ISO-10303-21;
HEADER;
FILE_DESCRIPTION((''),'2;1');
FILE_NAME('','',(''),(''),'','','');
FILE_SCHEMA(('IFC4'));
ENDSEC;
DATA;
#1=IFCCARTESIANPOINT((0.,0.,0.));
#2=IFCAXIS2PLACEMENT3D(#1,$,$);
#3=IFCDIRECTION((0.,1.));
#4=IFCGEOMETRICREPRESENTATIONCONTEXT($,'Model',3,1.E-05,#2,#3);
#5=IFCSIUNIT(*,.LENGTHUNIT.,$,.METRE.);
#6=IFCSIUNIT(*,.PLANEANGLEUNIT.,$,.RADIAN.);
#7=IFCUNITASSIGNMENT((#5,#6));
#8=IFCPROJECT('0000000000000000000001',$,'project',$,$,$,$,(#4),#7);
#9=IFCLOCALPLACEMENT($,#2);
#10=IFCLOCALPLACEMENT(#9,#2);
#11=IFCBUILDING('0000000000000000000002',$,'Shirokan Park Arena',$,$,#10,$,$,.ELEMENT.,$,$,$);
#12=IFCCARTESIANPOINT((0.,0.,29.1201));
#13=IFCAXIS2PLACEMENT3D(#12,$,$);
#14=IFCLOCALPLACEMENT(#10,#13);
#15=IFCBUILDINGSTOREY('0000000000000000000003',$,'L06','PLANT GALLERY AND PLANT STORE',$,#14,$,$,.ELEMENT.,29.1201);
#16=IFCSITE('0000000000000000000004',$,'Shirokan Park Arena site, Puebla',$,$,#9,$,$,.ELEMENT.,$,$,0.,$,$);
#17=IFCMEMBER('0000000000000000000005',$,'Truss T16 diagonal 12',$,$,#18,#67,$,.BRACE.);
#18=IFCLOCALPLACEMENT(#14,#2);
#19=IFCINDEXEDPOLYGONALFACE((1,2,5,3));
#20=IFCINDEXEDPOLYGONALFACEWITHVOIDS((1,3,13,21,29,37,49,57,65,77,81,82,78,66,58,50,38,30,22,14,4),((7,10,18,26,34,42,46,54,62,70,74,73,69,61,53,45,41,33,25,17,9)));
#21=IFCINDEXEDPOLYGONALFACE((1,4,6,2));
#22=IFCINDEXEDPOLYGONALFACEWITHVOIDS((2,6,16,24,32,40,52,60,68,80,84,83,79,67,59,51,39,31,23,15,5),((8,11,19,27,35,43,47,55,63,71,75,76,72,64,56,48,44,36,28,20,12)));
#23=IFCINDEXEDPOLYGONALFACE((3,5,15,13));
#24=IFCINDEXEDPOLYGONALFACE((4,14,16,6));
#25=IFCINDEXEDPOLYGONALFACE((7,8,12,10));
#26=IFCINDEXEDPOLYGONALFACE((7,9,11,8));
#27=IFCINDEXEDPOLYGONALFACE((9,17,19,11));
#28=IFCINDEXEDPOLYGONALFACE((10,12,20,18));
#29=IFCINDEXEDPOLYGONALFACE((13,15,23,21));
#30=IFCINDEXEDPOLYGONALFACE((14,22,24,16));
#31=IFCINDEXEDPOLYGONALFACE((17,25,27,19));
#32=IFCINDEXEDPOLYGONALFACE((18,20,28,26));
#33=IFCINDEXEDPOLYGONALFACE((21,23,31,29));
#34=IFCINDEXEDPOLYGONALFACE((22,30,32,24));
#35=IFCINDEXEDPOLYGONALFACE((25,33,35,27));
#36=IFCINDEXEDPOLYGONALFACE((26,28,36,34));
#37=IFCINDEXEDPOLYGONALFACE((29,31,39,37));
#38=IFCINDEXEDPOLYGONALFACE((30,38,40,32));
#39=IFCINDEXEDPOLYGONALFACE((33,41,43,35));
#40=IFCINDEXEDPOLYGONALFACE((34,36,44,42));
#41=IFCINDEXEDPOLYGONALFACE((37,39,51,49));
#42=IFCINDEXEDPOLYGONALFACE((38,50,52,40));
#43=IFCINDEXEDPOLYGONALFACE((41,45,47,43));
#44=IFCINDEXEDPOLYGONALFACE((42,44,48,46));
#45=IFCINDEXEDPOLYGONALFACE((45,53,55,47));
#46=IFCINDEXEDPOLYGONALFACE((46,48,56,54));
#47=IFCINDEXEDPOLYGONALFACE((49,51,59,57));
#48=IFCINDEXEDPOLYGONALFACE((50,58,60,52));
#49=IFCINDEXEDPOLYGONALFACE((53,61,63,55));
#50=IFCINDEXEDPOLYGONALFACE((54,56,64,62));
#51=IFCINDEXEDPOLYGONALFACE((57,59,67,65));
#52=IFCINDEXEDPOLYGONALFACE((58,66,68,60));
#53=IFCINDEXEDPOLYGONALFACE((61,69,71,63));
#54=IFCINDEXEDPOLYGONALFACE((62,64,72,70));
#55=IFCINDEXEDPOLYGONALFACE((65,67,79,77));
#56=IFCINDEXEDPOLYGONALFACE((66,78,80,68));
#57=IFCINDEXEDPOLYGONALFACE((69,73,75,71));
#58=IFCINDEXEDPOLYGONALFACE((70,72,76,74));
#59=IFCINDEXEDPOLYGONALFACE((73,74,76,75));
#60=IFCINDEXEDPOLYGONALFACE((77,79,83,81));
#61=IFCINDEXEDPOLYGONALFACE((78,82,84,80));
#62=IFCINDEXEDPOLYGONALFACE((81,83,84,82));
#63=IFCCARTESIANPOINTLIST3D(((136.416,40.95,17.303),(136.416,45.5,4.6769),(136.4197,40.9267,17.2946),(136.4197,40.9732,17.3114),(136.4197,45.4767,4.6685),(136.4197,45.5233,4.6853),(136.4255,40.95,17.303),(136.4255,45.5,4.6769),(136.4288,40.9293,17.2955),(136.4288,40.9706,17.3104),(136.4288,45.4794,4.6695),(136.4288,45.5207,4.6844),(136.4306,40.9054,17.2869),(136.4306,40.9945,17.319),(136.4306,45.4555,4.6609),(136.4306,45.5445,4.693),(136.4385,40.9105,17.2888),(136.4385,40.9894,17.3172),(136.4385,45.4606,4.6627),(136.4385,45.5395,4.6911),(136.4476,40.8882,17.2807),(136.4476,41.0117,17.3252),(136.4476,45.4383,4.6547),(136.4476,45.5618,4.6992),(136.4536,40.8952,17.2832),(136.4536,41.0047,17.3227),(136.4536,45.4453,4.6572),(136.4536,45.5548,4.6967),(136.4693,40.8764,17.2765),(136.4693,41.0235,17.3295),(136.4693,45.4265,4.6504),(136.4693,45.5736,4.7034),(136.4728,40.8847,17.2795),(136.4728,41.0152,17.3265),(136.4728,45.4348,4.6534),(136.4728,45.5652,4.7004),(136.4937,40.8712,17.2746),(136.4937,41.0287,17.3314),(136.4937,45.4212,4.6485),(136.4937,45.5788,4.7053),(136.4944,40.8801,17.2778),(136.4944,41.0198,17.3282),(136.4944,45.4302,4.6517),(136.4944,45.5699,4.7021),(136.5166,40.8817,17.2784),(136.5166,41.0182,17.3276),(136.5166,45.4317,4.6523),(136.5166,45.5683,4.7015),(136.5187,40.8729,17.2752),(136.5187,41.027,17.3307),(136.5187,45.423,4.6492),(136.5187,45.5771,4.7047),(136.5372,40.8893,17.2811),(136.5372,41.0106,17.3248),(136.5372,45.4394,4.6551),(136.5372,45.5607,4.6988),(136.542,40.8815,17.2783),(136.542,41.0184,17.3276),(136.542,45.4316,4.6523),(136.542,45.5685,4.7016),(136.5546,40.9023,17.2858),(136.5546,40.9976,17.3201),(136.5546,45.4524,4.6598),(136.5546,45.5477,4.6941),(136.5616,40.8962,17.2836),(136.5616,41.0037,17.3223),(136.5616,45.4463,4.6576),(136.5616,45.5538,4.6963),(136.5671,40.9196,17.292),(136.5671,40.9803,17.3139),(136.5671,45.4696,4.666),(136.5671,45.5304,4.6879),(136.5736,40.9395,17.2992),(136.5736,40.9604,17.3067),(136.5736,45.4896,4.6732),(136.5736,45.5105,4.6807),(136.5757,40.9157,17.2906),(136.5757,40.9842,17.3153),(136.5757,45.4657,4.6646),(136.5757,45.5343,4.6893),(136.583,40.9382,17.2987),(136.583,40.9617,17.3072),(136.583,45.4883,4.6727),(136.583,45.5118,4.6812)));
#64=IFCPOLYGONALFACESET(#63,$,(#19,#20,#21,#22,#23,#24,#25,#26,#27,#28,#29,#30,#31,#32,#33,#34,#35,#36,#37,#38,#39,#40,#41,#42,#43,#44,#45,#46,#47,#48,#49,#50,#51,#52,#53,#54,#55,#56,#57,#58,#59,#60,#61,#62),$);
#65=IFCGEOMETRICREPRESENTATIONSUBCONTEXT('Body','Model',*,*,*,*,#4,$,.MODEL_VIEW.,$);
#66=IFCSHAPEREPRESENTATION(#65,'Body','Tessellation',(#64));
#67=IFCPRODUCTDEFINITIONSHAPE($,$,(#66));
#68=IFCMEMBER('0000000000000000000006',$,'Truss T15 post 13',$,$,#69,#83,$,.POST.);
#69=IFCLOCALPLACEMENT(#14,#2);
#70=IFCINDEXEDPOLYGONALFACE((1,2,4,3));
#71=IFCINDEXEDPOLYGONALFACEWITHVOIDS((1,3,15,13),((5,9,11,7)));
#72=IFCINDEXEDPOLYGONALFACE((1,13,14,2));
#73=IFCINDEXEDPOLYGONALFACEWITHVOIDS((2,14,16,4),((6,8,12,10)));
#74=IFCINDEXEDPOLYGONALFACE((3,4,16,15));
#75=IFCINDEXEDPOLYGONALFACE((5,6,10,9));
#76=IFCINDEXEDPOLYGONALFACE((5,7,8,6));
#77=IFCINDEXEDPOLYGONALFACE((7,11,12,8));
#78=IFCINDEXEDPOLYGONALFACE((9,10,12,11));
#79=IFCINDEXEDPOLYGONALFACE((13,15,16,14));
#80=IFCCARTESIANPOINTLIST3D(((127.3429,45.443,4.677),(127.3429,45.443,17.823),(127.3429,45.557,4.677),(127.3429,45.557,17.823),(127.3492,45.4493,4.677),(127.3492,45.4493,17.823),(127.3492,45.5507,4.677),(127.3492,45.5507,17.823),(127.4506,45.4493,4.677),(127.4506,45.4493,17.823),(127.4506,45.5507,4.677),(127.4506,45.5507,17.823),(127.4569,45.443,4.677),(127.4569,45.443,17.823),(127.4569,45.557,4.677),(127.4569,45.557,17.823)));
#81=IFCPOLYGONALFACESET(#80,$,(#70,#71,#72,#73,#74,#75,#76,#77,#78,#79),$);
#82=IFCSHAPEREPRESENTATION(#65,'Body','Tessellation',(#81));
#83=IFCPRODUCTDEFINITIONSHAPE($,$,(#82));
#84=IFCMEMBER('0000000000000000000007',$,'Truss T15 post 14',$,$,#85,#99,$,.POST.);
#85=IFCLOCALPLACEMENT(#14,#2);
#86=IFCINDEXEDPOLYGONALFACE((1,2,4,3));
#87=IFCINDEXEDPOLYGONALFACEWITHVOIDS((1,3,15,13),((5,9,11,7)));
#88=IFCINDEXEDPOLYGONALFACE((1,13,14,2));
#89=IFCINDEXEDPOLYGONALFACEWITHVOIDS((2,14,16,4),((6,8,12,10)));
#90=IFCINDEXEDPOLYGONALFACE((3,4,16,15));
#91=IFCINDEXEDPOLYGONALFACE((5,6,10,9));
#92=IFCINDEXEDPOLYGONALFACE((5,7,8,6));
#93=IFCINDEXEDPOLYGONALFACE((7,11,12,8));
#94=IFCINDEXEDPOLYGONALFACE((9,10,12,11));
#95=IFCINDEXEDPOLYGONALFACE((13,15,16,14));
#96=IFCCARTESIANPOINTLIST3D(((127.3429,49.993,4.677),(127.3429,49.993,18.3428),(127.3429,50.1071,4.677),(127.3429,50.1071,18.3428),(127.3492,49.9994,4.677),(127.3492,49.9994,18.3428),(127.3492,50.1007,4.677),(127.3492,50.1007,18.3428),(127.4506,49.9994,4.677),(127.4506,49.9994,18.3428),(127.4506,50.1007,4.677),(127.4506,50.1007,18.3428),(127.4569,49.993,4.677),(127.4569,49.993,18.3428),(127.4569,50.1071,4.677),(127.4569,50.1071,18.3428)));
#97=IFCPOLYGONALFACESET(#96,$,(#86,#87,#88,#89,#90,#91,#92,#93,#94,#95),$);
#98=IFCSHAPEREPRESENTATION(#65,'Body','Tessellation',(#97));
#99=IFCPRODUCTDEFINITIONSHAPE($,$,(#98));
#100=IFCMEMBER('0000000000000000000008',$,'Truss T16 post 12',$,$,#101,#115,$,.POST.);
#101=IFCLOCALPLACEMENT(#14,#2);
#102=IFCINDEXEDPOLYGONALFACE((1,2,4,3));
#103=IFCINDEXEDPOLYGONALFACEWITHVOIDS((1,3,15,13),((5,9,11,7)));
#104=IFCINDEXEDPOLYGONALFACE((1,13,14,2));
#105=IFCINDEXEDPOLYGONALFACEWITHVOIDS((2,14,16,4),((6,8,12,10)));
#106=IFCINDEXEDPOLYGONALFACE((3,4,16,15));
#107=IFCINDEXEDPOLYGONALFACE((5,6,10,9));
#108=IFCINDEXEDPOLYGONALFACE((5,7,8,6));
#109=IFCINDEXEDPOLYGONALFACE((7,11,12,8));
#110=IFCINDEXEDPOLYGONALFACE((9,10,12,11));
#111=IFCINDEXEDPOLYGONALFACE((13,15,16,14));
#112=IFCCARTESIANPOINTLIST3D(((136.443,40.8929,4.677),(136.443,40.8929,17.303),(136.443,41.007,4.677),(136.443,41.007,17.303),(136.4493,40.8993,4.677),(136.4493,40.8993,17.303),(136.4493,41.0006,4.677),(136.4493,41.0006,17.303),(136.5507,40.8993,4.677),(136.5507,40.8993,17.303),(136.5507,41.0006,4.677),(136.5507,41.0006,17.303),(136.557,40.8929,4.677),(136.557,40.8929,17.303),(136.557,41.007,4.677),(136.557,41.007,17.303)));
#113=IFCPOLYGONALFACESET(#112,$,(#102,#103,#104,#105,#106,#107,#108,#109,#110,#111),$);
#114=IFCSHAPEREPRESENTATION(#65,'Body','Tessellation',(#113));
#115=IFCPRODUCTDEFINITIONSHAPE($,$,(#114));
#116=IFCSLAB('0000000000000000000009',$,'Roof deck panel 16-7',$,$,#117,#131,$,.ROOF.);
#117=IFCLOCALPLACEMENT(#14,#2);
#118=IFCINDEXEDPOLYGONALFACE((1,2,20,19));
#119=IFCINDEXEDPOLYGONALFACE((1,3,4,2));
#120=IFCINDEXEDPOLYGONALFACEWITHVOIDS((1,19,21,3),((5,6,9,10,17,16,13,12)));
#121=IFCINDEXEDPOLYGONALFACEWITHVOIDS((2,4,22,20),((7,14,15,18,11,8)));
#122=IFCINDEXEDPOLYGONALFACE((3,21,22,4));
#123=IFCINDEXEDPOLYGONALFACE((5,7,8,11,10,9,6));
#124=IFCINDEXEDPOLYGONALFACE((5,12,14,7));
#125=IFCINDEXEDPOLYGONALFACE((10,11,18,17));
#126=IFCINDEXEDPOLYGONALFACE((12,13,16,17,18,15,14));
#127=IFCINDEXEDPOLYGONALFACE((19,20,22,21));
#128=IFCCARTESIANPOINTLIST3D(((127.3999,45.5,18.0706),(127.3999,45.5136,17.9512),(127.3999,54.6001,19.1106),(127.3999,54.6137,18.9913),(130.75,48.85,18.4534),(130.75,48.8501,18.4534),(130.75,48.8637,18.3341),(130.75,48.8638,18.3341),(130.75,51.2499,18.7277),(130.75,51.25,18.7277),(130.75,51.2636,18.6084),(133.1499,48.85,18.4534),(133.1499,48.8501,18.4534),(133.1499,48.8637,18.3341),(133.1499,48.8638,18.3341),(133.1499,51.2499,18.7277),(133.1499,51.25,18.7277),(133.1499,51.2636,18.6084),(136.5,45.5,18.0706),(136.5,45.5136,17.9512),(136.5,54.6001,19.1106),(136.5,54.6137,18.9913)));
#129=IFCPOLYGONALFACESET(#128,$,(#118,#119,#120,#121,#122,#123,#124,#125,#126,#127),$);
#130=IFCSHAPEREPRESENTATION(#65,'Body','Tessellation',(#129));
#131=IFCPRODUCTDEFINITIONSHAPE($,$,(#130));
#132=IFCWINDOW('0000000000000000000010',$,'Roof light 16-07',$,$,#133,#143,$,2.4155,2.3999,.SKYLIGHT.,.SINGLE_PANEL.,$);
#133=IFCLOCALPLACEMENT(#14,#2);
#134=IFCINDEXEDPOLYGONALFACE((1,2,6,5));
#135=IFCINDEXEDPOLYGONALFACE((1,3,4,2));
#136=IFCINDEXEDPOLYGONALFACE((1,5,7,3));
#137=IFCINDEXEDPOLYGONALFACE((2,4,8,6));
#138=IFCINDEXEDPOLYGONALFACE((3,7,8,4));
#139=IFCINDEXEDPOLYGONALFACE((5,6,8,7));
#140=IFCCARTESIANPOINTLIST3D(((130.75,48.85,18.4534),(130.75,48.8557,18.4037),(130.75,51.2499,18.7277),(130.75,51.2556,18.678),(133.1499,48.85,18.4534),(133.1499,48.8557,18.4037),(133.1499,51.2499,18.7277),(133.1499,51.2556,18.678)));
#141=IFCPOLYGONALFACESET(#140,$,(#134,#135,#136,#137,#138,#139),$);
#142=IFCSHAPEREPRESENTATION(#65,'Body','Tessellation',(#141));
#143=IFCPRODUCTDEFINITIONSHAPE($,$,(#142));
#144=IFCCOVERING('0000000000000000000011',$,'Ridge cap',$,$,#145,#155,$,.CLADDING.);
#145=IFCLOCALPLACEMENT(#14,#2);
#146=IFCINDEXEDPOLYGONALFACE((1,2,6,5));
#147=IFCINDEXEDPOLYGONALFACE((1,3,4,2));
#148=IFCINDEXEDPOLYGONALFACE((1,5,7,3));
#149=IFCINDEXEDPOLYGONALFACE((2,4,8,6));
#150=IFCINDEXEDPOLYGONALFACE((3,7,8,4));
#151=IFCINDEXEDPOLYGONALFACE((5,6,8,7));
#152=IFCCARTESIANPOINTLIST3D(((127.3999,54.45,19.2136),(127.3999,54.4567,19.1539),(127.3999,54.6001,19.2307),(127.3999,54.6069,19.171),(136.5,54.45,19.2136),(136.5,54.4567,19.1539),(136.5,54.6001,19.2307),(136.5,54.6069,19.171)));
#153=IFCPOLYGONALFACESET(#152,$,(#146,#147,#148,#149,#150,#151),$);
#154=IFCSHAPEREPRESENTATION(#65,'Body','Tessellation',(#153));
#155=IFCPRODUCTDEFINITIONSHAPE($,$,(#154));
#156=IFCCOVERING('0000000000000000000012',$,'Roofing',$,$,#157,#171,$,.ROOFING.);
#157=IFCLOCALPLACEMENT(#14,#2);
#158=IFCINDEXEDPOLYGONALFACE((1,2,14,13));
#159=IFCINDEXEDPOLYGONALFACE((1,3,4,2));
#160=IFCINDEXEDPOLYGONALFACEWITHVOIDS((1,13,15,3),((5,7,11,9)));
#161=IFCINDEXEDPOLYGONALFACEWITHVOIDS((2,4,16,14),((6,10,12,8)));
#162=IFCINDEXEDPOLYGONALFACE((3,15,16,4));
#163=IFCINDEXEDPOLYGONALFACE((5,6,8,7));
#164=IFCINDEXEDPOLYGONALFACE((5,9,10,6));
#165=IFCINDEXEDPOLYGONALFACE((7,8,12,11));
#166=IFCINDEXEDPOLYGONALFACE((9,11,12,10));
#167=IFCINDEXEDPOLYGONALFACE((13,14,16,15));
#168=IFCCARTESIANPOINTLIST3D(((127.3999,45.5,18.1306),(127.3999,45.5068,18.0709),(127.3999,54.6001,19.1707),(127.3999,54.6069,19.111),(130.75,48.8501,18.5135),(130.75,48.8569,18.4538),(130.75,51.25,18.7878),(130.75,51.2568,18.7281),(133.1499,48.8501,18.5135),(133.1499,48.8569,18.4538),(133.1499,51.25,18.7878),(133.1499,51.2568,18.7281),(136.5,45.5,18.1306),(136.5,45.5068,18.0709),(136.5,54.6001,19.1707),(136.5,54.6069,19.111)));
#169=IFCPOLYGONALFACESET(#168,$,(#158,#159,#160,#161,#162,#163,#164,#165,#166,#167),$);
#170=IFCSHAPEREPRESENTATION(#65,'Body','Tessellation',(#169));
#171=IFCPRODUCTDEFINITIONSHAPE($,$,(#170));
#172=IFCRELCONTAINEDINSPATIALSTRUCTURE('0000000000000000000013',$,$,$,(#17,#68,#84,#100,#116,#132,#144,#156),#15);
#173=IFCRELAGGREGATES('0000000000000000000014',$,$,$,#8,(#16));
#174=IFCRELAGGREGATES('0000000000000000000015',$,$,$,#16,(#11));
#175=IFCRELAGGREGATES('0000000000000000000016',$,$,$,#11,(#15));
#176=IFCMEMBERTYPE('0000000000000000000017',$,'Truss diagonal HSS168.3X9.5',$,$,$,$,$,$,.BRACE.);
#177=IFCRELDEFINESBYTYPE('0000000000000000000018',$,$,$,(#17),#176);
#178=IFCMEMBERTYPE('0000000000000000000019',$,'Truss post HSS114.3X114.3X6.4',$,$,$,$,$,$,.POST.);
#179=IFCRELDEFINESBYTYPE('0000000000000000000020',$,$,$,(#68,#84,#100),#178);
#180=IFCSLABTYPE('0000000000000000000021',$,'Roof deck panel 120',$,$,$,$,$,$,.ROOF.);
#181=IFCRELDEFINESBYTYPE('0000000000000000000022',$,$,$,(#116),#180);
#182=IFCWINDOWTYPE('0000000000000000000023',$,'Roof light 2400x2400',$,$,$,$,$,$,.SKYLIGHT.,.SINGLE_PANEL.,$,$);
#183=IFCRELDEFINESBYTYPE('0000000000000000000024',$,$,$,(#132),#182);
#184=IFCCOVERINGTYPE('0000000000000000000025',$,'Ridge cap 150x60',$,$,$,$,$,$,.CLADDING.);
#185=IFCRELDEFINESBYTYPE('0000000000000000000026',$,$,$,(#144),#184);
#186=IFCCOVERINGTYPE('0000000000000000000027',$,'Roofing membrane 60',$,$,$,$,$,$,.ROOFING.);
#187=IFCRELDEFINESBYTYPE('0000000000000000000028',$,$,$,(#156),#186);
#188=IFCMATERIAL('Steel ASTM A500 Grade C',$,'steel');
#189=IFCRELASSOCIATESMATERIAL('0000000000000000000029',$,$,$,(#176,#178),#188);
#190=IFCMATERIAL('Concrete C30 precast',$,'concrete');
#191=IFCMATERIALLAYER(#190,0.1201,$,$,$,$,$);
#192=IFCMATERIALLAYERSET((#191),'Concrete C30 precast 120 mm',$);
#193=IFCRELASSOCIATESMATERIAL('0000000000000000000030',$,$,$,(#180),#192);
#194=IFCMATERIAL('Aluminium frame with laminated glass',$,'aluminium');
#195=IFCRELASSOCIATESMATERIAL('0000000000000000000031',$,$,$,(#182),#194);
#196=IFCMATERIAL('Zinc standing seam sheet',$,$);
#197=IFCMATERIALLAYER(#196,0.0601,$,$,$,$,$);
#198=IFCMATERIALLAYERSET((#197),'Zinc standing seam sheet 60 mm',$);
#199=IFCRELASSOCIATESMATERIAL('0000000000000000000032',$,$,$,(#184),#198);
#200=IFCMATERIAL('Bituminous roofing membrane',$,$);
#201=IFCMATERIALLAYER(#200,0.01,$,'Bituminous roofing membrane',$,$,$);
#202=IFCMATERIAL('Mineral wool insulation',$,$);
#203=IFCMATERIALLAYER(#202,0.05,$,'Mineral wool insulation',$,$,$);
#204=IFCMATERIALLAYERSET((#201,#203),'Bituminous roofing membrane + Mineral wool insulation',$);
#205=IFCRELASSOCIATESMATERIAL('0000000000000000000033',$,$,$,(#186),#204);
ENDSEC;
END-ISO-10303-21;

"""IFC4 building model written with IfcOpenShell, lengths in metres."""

from ifc_helpers import new_model, si_unit, direction, frame, origin, origin_2d, place, context, subcontext, project, spatial, polyline, rectangle, hollow_rectangle, hollow_circle, outline, extrude, material, layer, layer_set, material_profile, profile_set, type_object, element, fill, save


model = new_model("IFC4")

# Units and contexts
model_context = context("Model", 3, precision=1e-05, world=origin(), true_north=direction((0.0, 1.0)))
body_context = subcontext(model_context, "Body", "Model", "MODEL_VIEW")
ifc_project = project(units=[si_unit("LENGTHUNIT", "METRE"), si_unit("PLANEANGLEUNIT", "RADIAN")], contexts=[model_context])

# Site, building, storey
site_placement = place(None, origin())
site = spatial("IfcSite", under=ifc_project, at=site_placement, Name="Shirokan Park Arena site, Puebla", CompositionType="ELEMENT", RefElevation=0.0)
building_placement = place(site_placement, origin())
building = spatial("IfcBuilding", under=site, at=building_placement, Name="Shirokan Park Arena", CompositionType="ELEMENT")
storey_placement = place(building_placement, frame((0.0, 0.0, 29.1201)))
storey = spatial("IfcBuildingStorey", under=building, at=storey_placement, Name="L06", Description="PLANT GALLERY AND PLANT STORE", CompositionType="ELEMENT", Elevation=29.1201)

# Members
ifc_material_1 = material(Name="Steel ASTM A500 Grade C", Category="steel")
ifc_material_profile_1 = material_profile(ifc_material_1, hollow_circle(Radius=0.084, WallThickness=0.0095, at=origin_2d()), Name="HSS168.3X9.5")
ifc_profile_set_1 = profile_set([ifc_material_profile_1], Name="Steel ASTM A500 Grade C")
member_type_1 = type_object("IfcMemberType", Name="Truss diagonal HSS168.3X9.5", PredefinedType="BRACE", material=ifc_profile_set_1)
member_1_placement = place(storey_placement, frame((136.5, 40.95, 17.303), z_axis=(0.0, 0.339029, -0.940776), x_axis=(-1.0, 0.0, 0.0)))
element("IfcMember", 1, at=member_1_placement, inside=storey, type_object=member_type_1, Name="Truss T16 diagonal 12", PredefinedType="BRACE", context=body_context, shape_type="SweptSolid", body=[
    extrude(hollow_circle(Radius=0.084, WallThickness=0.0095, at=origin_2d()), origin(), (0.0, 0.0, 1.0), 13.4209),
])
ifc_material_profile_2 = material_profile(ifc_material_1, hollow_rectangle(XDim=0.114, YDim=0.114, WallThickness=0.0063, at=origin_2d()), Name="HSS114.3X114.3X6.4")
ifc_profile_set_2 = profile_set([ifc_material_profile_2], Name="Steel ASTM A500 Grade C")
member_type_2 = type_object("IfcMemberType", Name="Truss post HSS114.3X114.3X6.4", PredefinedType="POST", material=ifc_profile_set_2)
member_2_placement = place(storey_placement, frame((127.3999, 45.5, 4.677), z_axis=(0.0, 0.0, 1.0), x_axis=(1.0, 0.0, 0.0)))
element("IfcMember", 2, at=member_2_placement, inside=storey, type_object=member_type_2, Name="Truss T15 post 13", PredefinedType="POST", context=body_context, shape_type="SweptSolid", body=[
    extrude(hollow_rectangle(XDim=0.114, YDim=0.114, WallThickness=0.0063, at=origin_2d()), origin(), (0.0, 0.0, 1.0), 13.146),
])
member_3_placement = place(storey_placement, frame((127.3999, 50.05, 4.677), z_axis=(0.0, 0.0, 1.0), x_axis=(1.0, 0.0, 0.0)))
element("IfcMember", 3, at=member_3_placement, inside=storey, type_object=member_type_2, Name="Truss T15 post 14", PredefinedType="POST", context=body_context, shape_type="SweptSolid", body=[
    extrude(hollow_rectangle(XDim=0.114, YDim=0.114, WallThickness=0.0063, at=origin_2d()), origin(), (0.0, 0.0, 1.0), 13.6658),
])
member_4_placement = place(storey_placement, frame((136.5, 40.95, 4.677), z_axis=(0.0, 0.0, 1.0), x_axis=(1.0, 0.0, 0.0)))
element("IfcMember", 4, at=member_4_placement, inside=storey, type_object=member_type_2, Name="Truss T16 post 12", PredefinedType="POST", context=body_context, shape_type="SweptSolid", body=[
    extrude(hollow_rectangle(XDim=0.114, YDim=0.114, WallThickness=0.0063, at=origin_2d()), origin(), (0.0, 0.0, 1.0), 12.626),
])

# Slab, opening, window
ifc_material_2 = material(Name="Concrete C30 precast", Category="concrete")
ifc_layer_1 = layer(ifc_material_2, 0.1201)
ifc_layer_set_1 = layer_set([ifc_layer_1], Name="Concrete C30 precast 120 mm")
slab_type = type_object("IfcSlabType", Name="Roof deck panel 120", PredefinedType="ROOF", material=ifc_layer_set_1)
slab_placement = place(storey_placement, frame((127.3999, 45.5, 18.0706), z_axis=(0.0, -0.11355, 0.993532), x_axis=(1.0, 0.0, 0.0)))
slab = element("IfcSlab", 5, at=slab_placement, inside=storey, type_object=slab_type, Name="Roof deck panel 16-7", PredefinedType="ROOF", context=body_context, shape_type="SweptSolid", body=[
    extrude(outline(polyline([(0.0, 0.0), (9.1001, 0.0), (9.1001, 9.1593), (0.0, 9.1593), (0.0, 0.0)]), holes=[polyline([(3.3501, 3.3719), (5.75, 3.3719), (5.75, 5.7874), (3.3501, 5.7874), (3.3501, 3.3719)])]), origin(), (0.0, 0.0, -1.0), 0.1201),
])
opening_placement = place(slab_placement, frame((4.55, 4.5796, 0.01)))
opening = element("IfcOpeningElement", 6, at=opening_placement, cuts=slab, PredefinedType="OPENING", context=body_context, shape_type="SweptSolid", body=[
    extrude(rectangle(XDim=2.3999, YDim=2.4155, at=origin_2d()), origin(), (0.0, 0.0, -1.0), 0.1399),
])
ifc_material_3 = material(Name="Aluminium frame with laminated glass", Category="aluminium")
window_type = type_object("IfcWindowType", Name="Roof light 2400x2400", PartitioningType="SINGLE_PANEL", PredefinedType="SKYLIGHT", material=ifc_material_3)
window_placement = place(opening_placement, frame((0.0, 0.0, -0.0601)))
window = element("IfcWindow", 7, at=window_placement, inside=storey, type_object=window_type, Name="Roof light 16-07", OverallHeight=2.4155, OverallWidth=2.3999, PartitioningType="SINGLE_PANEL", PredefinedType="SKYLIGHT", context=body_context, shape_type="SweptSolid", body=[
    extrude(rectangle(XDim=2.3999, YDim=2.4155, at=origin_2d()), origin(), (0.0, 0.0, 1.0), 0.05),
])
fill(opening, window)

# Coverings
ifc_material_4 = material(Name="Zinc standing seam sheet")
ifc_layer_2 = layer(ifc_material_4, 0.0601)
ifc_layer_set_2 = layer_set([ifc_layer_2], Name="Zinc standing seam sheet 60 mm")
covering_type_1 = type_object("IfcCoveringType", Name="Ridge cap 150x60", PredefinedType="CLADDING", material=ifc_layer_set_2)
covering_1_placement = place(storey_placement, frame((127.3999, 54.45, 19.2136), z_axis=(0.0, -0.113091, 0.993585), x_axis=(1.0, 0.0, 0.0)))
element("IfcCovering", 8, at=covering_1_placement, inside=storey, type_object=covering_type_1, Name="Ridge cap", PredefinedType="CLADDING", context=body_context, shape_type="SweptSolid", body=[
    extrude(outline(polyline([(0.0, 0.0), (9.1001, 0.0), (9.1001, 0.1511), (0.0, 0.1511), (0.0, 0.0)])), origin(), (0.0, 0.0, -1.0), 0.0601),
])
ifc_material_5 = material(Name="Bituminous roofing membrane")
ifc_layer_3 = layer(ifc_material_5, 0.01, Name="Bituminous roofing membrane")
ifc_material_6 = material(Name="Mineral wool insulation")
ifc_layer_4 = layer(ifc_material_6, 0.05, Name="Mineral wool insulation")
ifc_layer_set_3 = layer_set([ifc_layer_3, ifc_layer_4], Name="Bituminous roofing membrane + Mineral wool insulation")
covering_type_2 = type_object("IfcCoveringType", Name="Roofing membrane 60", PredefinedType="ROOFING", material=ifc_layer_set_3)
covering_2_placement = place(storey_placement, frame((127.3999, 45.5, 18.1306), z_axis=(0.0, -0.11355, 0.993532), x_axis=(1.0, 0.0, 0.0)))
element("IfcCovering", 9, at=covering_2_placement, inside=storey, type_object=covering_type_2, Name="Roofing", PredefinedType="ROOFING", context=body_context, shape_type="SweptSolid", body=[
    extrude(outline(polyline([(0.0, 0.0), (9.1001, 0.0), (9.1001, 9.1593), (0.0, 9.1593), (0.0, 0.0)]), holes=[polyline([(5.75, 3.3719), (5.75, 5.7874), (3.3501, 5.7874), (3.3501, 3.3719), (5.75, 3.3719)])]), origin(), (0.0, 0.0, -1.0), 0.0601),
])

save(model, "model.ifc")
